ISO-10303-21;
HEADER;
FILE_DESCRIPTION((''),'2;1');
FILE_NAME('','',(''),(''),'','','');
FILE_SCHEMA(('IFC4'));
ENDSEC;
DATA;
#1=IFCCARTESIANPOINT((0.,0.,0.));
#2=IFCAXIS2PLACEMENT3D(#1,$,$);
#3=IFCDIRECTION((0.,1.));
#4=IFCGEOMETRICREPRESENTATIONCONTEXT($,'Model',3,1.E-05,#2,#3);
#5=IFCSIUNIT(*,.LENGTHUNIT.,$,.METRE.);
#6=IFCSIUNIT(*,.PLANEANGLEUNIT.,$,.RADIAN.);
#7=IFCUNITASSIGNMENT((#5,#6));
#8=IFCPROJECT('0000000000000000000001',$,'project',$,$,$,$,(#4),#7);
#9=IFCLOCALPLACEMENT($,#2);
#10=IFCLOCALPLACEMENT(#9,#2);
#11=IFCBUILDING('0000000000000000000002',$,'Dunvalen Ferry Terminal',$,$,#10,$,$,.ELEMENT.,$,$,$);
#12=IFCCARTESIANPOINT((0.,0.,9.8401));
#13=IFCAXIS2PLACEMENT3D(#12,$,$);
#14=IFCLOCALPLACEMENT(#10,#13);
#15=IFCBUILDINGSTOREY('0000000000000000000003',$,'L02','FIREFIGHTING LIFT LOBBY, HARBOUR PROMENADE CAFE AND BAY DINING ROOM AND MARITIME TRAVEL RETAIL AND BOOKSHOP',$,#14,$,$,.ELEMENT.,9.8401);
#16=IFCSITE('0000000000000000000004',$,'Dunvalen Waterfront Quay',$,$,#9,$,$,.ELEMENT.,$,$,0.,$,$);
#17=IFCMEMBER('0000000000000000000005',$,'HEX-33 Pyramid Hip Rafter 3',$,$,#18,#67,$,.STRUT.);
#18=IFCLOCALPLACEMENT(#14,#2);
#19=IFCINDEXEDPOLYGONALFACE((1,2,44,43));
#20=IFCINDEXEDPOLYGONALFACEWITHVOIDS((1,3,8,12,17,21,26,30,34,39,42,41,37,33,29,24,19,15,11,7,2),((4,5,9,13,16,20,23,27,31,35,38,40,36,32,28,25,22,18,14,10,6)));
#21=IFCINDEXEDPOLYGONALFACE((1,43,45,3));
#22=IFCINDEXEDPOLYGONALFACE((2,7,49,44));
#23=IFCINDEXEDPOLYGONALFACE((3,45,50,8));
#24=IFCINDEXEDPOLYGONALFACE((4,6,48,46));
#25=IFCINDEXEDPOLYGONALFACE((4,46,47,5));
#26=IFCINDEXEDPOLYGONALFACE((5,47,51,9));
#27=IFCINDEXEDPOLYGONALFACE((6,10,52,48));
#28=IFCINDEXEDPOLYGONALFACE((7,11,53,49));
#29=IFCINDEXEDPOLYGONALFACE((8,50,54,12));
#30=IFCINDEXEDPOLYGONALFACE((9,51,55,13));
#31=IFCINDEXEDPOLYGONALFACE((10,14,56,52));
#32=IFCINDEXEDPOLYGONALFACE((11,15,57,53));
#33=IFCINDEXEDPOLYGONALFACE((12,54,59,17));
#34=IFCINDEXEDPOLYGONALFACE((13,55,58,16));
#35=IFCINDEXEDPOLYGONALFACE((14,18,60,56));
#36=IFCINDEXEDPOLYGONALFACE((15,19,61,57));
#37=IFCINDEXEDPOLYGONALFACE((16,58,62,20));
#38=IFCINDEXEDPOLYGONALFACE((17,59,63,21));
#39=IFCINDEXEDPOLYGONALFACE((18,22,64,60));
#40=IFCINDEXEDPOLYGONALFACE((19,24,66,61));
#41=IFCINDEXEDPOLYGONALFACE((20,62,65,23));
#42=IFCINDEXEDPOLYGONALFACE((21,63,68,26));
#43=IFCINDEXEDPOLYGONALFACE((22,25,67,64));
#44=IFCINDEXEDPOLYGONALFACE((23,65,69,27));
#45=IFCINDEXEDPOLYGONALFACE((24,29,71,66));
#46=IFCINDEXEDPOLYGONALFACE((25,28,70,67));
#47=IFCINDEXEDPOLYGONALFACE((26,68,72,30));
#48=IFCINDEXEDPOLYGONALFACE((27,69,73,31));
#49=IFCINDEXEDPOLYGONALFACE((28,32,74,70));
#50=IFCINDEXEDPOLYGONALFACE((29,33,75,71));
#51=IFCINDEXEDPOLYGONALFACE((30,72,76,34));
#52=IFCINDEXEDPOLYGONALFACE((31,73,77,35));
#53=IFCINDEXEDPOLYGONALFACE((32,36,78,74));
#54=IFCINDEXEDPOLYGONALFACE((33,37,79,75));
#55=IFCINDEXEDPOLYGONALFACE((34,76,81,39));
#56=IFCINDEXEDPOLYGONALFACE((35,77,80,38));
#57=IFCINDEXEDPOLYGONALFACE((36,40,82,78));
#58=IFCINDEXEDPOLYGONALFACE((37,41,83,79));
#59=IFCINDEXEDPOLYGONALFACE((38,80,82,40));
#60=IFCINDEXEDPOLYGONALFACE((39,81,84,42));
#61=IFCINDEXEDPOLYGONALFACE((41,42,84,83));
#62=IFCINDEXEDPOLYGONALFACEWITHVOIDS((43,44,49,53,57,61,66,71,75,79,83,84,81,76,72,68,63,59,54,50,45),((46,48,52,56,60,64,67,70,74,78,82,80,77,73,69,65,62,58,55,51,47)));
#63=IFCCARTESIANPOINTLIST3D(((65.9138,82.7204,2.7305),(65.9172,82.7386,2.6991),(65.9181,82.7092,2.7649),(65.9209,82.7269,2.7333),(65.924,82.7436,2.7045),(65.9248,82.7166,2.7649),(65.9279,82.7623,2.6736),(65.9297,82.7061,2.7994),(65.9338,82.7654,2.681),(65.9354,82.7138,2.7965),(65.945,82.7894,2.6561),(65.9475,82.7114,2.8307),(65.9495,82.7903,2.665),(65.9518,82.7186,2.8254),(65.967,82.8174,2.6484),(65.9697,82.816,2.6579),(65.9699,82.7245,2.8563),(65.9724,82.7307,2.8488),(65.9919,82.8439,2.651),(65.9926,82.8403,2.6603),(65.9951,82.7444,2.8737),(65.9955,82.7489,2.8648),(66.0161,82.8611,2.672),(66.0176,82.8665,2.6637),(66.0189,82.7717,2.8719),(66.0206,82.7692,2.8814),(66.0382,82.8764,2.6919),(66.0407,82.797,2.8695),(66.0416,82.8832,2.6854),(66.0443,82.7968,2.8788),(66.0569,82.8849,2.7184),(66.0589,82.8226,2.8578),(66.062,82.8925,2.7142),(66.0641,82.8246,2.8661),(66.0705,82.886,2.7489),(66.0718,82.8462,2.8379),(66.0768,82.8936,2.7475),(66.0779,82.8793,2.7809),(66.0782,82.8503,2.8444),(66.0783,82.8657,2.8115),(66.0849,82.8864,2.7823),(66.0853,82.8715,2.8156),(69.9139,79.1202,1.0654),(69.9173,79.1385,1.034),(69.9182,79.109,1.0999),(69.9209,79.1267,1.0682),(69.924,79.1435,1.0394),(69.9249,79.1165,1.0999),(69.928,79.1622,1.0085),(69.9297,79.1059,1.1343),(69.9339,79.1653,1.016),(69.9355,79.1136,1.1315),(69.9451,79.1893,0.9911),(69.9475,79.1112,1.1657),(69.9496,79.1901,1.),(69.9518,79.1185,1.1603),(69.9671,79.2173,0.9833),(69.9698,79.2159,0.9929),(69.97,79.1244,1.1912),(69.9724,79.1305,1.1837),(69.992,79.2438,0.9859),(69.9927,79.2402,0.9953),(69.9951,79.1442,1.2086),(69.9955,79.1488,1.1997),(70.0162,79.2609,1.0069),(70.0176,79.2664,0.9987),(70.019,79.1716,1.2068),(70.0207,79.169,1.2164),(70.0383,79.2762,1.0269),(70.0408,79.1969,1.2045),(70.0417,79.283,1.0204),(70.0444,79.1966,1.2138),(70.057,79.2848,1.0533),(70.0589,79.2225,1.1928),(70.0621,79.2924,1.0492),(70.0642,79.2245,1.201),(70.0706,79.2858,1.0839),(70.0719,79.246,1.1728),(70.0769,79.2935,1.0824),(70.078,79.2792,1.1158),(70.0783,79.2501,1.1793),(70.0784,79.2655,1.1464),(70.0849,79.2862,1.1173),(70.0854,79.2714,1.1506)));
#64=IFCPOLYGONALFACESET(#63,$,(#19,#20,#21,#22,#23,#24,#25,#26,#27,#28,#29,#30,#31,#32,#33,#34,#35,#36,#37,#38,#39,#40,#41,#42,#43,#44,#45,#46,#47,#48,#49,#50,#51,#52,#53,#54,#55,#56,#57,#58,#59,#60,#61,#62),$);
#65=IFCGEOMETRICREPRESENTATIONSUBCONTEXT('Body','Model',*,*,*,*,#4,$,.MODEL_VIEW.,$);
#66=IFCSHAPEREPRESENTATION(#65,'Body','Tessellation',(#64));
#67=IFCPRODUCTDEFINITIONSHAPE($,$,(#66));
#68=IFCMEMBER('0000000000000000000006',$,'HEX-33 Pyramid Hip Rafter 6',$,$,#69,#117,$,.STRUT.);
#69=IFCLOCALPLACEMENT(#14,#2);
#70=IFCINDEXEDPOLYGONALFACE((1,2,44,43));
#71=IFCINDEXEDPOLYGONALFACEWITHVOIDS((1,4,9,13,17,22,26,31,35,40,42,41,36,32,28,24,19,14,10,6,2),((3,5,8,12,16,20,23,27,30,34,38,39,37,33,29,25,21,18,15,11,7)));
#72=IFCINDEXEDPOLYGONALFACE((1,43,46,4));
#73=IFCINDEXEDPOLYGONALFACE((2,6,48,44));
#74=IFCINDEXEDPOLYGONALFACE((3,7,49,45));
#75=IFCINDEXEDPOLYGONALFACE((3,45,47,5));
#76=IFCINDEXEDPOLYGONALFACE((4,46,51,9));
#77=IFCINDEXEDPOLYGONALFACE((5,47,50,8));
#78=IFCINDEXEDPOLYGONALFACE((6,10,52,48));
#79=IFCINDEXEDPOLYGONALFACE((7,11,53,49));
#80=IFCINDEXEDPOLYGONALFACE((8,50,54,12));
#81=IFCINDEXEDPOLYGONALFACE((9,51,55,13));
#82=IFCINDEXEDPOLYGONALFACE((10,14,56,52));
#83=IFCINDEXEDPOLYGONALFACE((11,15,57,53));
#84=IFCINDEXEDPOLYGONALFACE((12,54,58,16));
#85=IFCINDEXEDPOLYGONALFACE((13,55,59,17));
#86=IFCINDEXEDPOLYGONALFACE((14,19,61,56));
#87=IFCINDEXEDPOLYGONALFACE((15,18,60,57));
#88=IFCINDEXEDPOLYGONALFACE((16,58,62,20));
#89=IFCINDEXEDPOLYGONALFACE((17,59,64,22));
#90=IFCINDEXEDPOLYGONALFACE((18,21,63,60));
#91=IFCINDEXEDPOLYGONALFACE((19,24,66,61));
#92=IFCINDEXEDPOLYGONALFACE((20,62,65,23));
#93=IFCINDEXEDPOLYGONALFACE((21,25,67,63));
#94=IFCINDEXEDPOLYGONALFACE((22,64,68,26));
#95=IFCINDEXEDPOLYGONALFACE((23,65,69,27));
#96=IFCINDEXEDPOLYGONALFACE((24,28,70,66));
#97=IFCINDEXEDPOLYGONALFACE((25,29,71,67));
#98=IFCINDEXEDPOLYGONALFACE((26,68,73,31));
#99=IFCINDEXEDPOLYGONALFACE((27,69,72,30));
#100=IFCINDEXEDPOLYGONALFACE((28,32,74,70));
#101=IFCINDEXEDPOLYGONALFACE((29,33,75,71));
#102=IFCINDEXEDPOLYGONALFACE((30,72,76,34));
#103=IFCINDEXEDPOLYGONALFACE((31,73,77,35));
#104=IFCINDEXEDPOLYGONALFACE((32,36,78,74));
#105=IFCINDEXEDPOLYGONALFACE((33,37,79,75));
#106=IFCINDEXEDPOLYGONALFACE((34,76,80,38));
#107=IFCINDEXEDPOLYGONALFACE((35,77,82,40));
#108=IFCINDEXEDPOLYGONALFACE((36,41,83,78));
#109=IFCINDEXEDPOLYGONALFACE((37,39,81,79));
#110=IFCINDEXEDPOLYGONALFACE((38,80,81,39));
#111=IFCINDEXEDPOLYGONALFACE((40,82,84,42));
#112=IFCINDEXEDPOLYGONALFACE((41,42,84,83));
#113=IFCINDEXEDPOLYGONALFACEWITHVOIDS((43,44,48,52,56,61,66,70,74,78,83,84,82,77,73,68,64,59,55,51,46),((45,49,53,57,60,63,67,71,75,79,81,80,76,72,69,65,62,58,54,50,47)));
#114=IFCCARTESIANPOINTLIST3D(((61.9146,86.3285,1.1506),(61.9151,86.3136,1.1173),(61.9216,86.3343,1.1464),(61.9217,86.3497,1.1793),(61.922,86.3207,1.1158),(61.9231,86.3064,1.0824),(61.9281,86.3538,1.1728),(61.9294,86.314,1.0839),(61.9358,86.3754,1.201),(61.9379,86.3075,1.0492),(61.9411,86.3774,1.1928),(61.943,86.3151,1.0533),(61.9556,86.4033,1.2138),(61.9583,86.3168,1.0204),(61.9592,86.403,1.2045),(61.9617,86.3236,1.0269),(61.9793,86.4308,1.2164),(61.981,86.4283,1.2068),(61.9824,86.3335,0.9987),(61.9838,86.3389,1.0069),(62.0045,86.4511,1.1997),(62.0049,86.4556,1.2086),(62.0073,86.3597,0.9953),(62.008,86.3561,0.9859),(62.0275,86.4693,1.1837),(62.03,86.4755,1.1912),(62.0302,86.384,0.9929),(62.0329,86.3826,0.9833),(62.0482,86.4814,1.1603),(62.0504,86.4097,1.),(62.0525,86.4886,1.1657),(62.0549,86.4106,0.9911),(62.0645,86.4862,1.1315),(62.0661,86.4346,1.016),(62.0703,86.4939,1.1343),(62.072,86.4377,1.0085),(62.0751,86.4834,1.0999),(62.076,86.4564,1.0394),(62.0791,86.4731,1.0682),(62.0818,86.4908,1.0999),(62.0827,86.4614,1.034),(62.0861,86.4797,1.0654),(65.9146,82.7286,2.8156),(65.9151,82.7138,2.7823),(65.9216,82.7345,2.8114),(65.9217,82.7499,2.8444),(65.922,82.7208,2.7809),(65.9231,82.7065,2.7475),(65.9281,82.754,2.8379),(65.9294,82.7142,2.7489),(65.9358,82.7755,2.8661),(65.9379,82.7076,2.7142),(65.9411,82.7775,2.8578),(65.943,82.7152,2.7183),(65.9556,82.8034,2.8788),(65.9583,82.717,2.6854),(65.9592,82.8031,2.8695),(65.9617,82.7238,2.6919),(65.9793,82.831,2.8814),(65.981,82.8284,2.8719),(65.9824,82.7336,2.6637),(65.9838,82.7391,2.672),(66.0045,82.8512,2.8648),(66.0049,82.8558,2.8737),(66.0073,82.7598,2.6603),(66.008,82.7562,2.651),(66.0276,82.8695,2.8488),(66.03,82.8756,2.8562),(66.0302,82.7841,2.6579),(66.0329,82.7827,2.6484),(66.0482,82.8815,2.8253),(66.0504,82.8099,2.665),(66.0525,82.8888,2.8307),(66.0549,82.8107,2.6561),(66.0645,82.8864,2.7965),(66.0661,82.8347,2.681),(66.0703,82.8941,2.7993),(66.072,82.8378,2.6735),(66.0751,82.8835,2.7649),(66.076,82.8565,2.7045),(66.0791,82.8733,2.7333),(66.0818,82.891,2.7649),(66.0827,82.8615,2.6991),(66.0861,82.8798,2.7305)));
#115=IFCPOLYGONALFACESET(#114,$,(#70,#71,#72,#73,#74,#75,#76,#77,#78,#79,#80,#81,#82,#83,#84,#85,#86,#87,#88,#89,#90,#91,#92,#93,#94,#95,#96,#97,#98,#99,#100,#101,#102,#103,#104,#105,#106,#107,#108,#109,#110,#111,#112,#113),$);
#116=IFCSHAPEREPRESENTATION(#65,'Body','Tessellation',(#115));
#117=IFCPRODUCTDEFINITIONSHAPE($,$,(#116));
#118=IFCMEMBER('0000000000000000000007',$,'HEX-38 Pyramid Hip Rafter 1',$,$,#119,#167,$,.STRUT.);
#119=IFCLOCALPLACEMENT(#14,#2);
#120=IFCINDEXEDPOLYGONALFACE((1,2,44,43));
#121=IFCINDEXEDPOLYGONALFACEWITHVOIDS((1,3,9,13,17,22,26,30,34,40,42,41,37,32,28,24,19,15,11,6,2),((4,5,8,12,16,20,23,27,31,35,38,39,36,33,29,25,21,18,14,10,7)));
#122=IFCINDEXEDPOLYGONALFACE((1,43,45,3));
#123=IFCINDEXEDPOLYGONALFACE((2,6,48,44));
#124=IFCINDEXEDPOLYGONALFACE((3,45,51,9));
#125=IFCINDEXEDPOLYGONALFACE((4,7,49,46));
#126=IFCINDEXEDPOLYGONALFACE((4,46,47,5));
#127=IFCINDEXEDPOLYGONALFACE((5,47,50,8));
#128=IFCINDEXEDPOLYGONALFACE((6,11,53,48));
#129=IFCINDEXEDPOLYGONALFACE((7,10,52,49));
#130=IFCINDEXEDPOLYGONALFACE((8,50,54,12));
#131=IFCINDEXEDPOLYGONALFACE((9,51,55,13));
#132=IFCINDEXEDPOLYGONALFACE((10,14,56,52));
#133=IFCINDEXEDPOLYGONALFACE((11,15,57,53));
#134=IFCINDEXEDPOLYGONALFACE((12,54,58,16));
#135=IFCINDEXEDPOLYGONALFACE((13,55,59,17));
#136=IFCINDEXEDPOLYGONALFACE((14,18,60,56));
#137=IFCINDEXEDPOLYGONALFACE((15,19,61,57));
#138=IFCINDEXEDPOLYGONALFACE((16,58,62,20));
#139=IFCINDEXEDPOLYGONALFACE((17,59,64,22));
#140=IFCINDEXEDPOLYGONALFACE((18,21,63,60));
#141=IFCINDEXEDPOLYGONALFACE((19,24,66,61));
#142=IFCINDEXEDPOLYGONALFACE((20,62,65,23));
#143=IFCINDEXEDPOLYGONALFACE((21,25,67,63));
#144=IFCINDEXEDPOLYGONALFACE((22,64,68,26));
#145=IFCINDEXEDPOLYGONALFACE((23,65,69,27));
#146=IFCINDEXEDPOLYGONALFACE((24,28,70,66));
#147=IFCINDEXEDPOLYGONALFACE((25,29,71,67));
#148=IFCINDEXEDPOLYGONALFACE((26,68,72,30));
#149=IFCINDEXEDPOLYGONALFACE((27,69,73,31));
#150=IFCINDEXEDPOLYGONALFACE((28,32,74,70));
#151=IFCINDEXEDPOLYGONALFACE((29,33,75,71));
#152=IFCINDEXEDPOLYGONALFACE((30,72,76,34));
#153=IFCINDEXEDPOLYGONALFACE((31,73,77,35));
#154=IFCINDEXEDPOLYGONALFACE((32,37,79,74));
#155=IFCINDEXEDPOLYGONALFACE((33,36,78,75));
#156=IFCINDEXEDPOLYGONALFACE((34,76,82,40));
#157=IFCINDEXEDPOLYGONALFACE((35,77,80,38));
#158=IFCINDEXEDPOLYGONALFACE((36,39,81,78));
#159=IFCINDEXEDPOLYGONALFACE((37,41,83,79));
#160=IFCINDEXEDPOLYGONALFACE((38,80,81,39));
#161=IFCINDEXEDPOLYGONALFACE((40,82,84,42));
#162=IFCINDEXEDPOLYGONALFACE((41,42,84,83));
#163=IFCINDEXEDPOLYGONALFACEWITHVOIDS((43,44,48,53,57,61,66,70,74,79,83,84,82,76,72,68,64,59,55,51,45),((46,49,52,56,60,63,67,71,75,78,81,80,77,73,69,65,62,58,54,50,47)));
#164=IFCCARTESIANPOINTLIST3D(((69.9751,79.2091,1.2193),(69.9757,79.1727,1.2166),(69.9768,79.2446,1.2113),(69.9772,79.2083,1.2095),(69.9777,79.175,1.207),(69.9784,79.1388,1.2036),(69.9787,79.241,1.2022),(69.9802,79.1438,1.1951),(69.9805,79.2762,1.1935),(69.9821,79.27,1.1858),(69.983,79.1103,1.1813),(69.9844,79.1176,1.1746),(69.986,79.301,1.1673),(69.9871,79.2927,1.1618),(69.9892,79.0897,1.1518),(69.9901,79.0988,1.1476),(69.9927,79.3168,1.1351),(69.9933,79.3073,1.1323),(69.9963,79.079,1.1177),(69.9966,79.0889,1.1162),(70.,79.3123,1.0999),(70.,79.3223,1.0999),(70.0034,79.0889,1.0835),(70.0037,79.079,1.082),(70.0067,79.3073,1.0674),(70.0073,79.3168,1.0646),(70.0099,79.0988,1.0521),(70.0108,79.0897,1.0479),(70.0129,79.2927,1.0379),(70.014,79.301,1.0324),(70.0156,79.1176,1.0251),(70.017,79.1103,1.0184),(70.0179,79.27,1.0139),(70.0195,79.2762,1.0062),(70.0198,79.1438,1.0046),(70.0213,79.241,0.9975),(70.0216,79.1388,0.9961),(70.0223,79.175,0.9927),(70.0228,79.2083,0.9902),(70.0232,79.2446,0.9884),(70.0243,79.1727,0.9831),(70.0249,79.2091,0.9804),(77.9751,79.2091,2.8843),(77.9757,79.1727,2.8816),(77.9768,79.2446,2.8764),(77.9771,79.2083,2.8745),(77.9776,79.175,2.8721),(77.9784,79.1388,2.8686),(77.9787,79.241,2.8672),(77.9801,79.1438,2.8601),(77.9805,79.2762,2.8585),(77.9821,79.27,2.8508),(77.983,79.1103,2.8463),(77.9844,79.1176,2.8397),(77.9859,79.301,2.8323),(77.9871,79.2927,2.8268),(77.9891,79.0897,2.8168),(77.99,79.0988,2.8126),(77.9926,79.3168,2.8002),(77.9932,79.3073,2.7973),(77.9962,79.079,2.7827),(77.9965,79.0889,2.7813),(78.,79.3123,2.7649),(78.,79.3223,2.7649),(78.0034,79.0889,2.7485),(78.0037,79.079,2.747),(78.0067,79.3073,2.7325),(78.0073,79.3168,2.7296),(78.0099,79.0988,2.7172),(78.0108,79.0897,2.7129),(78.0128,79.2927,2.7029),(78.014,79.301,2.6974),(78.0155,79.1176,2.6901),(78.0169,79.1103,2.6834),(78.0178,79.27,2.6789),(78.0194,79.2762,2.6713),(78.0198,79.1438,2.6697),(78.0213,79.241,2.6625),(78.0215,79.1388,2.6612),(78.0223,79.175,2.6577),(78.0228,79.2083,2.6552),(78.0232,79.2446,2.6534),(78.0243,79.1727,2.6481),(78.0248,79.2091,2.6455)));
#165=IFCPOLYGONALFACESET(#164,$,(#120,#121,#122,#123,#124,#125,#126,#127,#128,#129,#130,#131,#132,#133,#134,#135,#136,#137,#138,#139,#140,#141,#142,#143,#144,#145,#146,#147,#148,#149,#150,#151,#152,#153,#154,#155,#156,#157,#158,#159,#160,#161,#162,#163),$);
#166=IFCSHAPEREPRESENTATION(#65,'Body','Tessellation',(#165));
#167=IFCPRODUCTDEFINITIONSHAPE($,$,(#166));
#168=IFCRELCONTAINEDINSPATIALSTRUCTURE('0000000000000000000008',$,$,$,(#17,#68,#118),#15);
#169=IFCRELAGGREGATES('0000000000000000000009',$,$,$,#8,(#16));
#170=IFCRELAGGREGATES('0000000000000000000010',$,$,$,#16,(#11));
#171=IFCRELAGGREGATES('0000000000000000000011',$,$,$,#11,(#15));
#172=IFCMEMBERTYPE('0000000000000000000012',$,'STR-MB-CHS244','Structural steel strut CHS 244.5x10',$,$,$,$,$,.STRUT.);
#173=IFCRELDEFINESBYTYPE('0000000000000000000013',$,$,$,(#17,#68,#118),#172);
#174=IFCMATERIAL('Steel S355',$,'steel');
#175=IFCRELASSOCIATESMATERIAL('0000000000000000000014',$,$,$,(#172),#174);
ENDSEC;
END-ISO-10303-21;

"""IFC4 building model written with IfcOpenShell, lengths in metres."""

from ifc_helpers import new_model, si_unit, direction, frame, origin, origin_2d, place, context, subcontext, project, spatial, hollow_circle, extrude, material, material_profile, profile_set, type_object, element, save


model = new_model("IFC4")

# Units and contexts
model_context = context("Model", 3, precision=1e-05, world=origin(), true_north=direction((0.0, 1.0)))
body_context = subcontext(model_context, "Body", "Model", "MODEL_VIEW")
ifc_project = project(units=[si_unit("LENGTHUNIT", "METRE"), si_unit("PLANEANGLEUNIT", "RADIAN")], contexts=[model_context])

# Site, building, storey
site_placement = place(None, origin())
site = spatial("IfcSite", under=ifc_project, at=site_placement, Name="Dunvalen Waterfront Quay", CompositionType="ELEMENT", RefElevation=0.0)
building_placement = place(site_placement, origin())
building = spatial("IfcBuilding", under=site, at=building_placement, Name="Dunvalen Ferry Terminal", CompositionType="ELEMENT")
storey_placement = place(building_placement, frame((0.0, 0.0, 9.8401)))
storey = spatial("IfcBuildingStorey", under=building, at=storey_placement, Name="L02", Description="FIREFIGHTING LIFT LOBBY, HARBOUR PROMENADE CAFE AND BAY DINING ROOM AND MARITIME TRAVEL RETAIL AND BOOKSHOP", CompositionType="ELEMENT", Elevation=9.8401)

# Shared definitions
ifc_material_1 = material(Name="Steel S355", Category="steel")

# Members
ifc_material_profile_1 = material_profile(ifc_material_1, hollow_circle(Radius=0.1223, WallThickness=0.01, at=origin_2d()), Name="Steel S355")
ifc_profile_set_1 = profile_set([ifc_material_profile_1], Name="Steel S355")
member_type_1 = type_object("IfcMemberType", Name="STR-MB-CHS244", Description="Structural steel strut CHS 244.5x10", PredefinedType="STRUT", material=ifc_profile_set_1)
member_1_placement = place(storey_placement, frame((70.0, 79.2, 1.0999), z_axis=(-0.710075, 0.639085, 0.295576), x_axis=(-0.668975, -0.743285, 0.0)))
element("IfcMember", 1, at=member_1_placement, inside=storey, type_object=member_type_1, Name="HEX-33 Pyramid Hip Rafter 3", PredefinedType="STRUT", context=body_context, shape_type="SweptSolid", body=[
    extrude(hollow_circle(Radius=0.1223, WallThickness=0.01, at=origin_2d()), origin(), (0.0, 0.0, 1.0), 5.6333),
])
member_2_placement = place(storey_placement, frame((62.0, 86.3999, 1.0999), z_axis=(0.710094, -0.639059, 0.295584), x_axis=(0.66895, 0.743308, 0.0)))
element("IfcMember", 2, at=member_2_placement, inside=storey, type_object=member_type_1, Name="HEX-33 Pyramid Hip Rafter 6", PredefinedType="STRUT", context=body_context, shape_type="SweptSolid", body=[
    extrude(hollow_circle(Radius=0.1223, WallThickness=0.01, at=origin_2d()), origin(), (0.0, 0.0, 1.0), 5.6331),
])
member_3_placement = place(storey_placement, frame((70.0, 79.2, 1.0999), z_axis=(0.97902, 0.0, 0.203763), x_axis=(0.0, 1.0, 0.0)))
element("IfcMember", 3, at=member_3_placement, inside=storey, type_object=member_type_1, Name="HEX-38 Pyramid Hip Rafter 1", PredefinedType="STRUT", context=body_context, shape_type="SweptSolid", body=[
    extrude(hollow_circle(Radius=0.1223, WallThickness=0.01, at=origin_2d()), origin(), (0.0, 0.0, 1.0), 8.1714),
])

save(model, "model.ifc")
